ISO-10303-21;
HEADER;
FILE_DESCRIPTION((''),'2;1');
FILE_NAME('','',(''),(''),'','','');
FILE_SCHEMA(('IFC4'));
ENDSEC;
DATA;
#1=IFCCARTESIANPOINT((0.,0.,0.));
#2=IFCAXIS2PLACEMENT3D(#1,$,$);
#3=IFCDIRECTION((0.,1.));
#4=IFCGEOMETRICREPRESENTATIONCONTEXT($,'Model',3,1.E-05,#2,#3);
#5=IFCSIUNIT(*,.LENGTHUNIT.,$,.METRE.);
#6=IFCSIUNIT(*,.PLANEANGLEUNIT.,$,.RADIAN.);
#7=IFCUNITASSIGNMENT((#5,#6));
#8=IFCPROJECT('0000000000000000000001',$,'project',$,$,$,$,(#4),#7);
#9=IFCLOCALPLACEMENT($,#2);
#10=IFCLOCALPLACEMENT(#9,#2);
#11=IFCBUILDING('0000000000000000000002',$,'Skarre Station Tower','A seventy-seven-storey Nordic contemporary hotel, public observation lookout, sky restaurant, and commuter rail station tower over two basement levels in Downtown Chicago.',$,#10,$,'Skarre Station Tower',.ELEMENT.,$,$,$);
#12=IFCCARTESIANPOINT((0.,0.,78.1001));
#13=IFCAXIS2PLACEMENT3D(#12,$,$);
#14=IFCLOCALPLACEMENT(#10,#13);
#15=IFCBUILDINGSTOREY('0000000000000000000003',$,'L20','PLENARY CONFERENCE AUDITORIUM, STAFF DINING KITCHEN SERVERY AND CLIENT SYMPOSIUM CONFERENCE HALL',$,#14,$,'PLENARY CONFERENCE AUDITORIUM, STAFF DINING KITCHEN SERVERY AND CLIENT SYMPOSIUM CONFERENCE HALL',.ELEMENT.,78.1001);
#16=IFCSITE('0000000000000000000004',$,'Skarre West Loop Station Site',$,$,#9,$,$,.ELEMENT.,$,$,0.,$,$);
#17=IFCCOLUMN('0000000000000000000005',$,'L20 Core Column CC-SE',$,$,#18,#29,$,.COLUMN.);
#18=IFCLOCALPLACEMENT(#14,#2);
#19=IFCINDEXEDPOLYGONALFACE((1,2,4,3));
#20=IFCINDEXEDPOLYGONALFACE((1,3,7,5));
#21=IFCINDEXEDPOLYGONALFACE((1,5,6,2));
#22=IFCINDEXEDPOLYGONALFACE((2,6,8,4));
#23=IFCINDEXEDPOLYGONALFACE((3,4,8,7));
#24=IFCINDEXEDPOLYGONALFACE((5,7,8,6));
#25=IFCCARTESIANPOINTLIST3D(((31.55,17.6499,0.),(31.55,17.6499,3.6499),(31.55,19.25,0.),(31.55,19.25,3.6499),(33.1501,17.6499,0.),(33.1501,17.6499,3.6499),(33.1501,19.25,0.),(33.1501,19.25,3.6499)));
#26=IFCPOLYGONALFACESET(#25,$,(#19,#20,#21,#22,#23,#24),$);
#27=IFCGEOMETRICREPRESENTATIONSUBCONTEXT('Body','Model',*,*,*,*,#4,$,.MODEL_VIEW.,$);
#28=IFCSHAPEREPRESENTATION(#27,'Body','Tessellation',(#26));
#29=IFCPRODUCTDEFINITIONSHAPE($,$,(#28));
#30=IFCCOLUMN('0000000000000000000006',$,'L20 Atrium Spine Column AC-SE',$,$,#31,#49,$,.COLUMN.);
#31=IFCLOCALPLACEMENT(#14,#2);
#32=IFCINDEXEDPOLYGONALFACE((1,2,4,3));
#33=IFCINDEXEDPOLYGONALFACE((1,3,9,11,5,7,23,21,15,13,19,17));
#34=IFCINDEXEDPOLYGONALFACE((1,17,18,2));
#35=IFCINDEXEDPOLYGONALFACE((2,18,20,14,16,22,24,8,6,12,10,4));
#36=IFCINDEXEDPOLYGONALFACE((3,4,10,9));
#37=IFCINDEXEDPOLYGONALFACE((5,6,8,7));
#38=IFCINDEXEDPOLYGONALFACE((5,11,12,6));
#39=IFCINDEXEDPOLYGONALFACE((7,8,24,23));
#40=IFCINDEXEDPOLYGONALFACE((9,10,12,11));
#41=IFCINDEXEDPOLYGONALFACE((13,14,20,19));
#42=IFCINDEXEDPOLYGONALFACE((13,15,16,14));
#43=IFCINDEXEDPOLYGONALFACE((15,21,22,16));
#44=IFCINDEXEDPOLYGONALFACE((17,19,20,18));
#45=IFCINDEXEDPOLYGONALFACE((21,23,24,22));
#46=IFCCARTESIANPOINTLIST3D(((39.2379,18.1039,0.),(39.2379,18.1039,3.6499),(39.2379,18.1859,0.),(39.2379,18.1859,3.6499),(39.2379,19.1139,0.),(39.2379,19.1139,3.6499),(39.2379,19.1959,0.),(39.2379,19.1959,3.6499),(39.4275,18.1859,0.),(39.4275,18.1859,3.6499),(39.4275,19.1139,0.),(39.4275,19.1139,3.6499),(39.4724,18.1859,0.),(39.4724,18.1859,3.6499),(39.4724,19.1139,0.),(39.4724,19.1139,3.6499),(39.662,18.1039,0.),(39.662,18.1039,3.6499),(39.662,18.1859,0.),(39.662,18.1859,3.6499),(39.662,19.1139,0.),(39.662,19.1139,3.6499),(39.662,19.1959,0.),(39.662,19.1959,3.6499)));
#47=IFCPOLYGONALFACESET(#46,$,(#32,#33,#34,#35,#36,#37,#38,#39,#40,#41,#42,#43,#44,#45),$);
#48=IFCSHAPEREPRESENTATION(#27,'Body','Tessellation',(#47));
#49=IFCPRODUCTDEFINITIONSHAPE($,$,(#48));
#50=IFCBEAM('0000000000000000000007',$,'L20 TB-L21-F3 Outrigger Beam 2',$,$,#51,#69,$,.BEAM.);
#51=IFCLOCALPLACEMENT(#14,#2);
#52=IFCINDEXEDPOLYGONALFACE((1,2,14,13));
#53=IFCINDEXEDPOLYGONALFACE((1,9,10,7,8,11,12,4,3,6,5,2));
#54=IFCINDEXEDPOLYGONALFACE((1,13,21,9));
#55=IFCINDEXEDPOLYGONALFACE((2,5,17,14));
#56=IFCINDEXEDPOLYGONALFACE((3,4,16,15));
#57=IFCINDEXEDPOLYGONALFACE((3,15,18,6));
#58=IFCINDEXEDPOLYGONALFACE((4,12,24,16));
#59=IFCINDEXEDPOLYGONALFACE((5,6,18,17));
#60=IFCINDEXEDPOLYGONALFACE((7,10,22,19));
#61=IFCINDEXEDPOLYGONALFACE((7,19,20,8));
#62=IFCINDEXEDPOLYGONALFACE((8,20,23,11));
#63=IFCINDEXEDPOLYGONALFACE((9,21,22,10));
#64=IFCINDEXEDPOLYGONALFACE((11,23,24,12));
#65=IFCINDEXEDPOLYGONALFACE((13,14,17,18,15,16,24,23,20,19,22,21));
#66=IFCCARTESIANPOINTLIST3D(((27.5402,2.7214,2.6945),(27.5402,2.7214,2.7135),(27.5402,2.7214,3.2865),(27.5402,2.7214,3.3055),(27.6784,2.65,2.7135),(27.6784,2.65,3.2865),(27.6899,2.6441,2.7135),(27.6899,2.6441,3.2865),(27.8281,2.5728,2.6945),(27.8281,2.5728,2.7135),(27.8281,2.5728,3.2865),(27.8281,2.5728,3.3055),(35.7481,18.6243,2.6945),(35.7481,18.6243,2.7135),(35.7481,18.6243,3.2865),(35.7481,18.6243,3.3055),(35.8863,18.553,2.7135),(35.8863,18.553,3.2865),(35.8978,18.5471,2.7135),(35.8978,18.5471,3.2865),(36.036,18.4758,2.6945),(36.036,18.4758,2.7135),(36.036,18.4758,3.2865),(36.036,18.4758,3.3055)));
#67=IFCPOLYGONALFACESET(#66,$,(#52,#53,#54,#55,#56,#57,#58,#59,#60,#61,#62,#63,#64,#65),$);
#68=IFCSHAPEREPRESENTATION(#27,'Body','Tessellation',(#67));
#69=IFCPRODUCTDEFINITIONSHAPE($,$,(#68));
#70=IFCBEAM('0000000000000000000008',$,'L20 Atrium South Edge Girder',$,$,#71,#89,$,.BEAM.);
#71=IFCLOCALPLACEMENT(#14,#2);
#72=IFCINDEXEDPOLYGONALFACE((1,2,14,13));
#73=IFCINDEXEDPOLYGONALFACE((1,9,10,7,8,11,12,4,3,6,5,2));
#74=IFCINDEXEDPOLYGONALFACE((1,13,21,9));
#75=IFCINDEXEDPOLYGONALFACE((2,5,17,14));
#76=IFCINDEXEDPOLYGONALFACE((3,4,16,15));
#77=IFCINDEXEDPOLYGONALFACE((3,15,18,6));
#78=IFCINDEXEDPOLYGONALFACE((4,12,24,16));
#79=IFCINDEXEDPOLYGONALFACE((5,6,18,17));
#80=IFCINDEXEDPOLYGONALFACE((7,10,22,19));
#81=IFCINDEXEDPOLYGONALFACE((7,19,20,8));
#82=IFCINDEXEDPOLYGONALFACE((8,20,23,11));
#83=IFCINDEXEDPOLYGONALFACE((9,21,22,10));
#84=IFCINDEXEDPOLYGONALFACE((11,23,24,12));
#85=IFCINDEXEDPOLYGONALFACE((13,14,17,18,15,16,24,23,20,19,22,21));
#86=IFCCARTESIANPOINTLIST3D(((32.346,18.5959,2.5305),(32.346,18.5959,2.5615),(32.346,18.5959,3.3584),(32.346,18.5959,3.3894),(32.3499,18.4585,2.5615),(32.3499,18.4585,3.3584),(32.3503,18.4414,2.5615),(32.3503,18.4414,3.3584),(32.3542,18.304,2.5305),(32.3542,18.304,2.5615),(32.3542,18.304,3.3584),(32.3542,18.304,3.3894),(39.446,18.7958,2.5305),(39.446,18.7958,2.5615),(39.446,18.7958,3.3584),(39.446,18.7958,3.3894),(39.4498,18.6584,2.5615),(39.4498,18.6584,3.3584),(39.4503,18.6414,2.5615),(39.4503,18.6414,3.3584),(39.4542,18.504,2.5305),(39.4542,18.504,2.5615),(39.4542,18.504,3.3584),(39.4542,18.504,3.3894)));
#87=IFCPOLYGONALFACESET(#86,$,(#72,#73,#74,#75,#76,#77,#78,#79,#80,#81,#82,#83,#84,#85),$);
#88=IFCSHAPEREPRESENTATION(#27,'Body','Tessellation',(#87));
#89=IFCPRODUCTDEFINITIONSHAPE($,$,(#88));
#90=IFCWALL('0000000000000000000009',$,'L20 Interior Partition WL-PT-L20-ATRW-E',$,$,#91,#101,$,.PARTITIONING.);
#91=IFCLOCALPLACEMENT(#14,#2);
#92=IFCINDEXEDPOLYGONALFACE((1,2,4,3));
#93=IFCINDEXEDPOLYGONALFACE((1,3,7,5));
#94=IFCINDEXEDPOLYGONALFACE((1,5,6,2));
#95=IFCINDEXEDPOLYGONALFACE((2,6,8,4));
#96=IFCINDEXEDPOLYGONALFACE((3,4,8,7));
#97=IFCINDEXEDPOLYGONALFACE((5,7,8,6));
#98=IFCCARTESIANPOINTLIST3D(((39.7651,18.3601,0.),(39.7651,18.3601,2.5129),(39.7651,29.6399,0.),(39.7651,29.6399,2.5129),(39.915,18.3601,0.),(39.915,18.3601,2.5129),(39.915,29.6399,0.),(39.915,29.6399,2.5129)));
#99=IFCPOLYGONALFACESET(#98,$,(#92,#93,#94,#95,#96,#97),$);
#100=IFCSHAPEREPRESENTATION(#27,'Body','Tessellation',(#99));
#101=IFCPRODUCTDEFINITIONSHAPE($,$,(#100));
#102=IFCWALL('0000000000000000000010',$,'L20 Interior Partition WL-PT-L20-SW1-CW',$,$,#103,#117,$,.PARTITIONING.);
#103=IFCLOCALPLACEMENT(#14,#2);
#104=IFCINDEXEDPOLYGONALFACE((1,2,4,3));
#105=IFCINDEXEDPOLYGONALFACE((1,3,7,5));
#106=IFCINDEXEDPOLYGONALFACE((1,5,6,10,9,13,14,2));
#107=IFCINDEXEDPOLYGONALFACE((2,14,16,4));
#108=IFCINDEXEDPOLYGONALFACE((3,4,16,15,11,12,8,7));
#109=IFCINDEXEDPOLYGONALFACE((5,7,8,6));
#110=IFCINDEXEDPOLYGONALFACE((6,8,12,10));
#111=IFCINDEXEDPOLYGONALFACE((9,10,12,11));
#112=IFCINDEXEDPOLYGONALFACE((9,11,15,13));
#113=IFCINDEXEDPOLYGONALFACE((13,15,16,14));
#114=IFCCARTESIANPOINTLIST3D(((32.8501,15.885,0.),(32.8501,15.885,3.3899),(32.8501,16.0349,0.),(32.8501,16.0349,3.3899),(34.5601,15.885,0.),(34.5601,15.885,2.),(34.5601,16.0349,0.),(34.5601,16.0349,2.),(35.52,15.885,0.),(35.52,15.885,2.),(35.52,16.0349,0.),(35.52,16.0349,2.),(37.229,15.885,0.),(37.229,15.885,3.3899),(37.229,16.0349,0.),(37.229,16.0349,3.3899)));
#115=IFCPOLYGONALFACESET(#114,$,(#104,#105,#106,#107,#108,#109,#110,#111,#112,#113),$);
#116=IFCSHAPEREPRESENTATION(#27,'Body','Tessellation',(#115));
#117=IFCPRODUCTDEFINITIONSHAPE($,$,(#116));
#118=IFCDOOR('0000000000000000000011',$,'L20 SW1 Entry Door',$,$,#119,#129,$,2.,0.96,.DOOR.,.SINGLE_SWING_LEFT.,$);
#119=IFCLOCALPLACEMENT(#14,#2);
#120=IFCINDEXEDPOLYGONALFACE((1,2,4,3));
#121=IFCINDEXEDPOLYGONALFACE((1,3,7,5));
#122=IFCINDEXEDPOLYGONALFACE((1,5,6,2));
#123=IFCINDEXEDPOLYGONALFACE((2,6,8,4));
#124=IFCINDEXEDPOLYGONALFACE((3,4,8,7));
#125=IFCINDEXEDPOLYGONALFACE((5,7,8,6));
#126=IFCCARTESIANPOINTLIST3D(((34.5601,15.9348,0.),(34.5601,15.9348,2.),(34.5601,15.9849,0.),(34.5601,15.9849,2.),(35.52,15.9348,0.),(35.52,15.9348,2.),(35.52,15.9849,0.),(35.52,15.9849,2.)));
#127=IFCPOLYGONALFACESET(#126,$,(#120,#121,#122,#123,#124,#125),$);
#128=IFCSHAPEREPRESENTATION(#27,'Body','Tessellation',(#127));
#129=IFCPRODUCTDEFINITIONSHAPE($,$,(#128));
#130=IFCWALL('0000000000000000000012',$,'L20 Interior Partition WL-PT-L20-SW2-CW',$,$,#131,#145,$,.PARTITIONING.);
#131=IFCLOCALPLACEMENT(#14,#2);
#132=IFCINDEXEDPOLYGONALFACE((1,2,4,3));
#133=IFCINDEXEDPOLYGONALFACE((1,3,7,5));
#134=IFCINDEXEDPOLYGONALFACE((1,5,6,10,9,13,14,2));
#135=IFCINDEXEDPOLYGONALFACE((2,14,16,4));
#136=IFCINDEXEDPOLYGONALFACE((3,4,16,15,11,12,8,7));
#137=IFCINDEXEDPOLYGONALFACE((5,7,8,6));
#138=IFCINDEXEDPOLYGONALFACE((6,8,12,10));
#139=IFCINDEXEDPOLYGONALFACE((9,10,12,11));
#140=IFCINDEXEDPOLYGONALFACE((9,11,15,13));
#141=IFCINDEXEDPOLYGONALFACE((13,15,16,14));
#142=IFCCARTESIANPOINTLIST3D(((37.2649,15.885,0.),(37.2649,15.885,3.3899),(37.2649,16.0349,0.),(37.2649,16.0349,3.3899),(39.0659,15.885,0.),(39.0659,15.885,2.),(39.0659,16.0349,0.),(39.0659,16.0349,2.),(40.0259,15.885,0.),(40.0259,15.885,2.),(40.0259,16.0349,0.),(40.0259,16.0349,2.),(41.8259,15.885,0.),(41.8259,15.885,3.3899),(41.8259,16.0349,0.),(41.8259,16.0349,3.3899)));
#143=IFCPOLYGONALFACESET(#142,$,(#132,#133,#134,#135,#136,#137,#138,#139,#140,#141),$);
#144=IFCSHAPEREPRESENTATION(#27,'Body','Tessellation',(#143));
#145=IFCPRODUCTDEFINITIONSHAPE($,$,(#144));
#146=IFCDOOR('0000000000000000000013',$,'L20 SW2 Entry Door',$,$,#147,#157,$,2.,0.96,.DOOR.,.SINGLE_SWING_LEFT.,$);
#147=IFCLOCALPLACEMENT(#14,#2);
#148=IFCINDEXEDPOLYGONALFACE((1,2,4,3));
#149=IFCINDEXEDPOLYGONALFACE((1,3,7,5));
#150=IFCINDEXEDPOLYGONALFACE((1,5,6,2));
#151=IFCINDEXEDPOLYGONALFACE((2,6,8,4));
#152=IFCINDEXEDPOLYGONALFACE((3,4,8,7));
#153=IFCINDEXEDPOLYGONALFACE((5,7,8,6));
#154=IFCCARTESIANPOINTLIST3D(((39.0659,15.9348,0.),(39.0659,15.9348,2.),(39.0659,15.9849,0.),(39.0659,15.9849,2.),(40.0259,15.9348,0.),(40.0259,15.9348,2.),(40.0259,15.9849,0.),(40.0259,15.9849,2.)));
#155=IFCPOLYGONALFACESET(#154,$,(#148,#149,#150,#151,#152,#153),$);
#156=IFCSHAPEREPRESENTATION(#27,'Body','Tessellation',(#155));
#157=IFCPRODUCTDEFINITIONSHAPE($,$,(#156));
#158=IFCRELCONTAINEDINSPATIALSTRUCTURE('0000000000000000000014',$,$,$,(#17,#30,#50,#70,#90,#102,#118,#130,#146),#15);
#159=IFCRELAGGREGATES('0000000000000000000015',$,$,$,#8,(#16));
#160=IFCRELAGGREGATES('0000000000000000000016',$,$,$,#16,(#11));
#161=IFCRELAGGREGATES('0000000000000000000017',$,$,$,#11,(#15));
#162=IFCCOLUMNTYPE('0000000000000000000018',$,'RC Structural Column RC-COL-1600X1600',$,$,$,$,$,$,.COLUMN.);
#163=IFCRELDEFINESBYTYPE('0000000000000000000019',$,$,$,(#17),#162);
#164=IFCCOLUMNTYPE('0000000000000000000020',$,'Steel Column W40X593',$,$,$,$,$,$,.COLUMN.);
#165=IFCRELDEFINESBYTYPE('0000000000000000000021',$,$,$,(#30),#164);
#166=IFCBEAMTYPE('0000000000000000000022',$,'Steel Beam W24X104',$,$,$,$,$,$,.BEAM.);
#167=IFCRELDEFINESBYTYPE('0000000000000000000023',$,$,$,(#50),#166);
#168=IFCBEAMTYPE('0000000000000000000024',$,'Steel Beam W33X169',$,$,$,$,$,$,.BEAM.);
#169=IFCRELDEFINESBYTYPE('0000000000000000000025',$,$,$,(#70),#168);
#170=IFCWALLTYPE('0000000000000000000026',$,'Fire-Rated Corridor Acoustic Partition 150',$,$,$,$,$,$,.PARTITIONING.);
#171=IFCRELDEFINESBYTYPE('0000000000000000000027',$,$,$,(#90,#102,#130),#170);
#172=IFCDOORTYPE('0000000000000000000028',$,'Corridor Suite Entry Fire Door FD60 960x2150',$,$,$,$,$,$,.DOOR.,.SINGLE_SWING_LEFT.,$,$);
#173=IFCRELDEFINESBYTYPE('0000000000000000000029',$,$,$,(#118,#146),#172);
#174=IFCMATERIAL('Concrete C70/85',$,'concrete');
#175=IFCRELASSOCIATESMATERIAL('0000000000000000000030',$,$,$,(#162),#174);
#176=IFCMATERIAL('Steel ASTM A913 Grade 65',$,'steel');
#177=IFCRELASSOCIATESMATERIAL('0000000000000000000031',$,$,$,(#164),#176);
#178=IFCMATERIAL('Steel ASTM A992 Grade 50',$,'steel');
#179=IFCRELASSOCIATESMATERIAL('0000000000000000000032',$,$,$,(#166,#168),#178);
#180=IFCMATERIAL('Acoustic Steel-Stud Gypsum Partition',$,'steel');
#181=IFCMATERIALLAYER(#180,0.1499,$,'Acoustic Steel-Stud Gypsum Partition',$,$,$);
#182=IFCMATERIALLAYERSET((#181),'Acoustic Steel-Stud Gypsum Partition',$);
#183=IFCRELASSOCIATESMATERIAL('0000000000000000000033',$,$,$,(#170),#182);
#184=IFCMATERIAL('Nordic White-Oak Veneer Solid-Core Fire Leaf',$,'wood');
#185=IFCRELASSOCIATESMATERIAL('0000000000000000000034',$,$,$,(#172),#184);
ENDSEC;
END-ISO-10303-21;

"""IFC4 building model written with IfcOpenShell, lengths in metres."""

from ifc_helpers import new_model, si_unit, direction, frame, frame_2d, origin, origin_2d, place, context, subcontext, project, spatial, rectangle, i_section, extrude, material, layer, layer_set, material_profile, profile_set, type_object, element, fill, save


model = new_model("IFC4")

# Units and contexts
model_context = context("Model", 3, precision=1e-05, world=origin(), true_north=direction((0.0, 1.0)))
body_context = subcontext(model_context, "Body", "Model", "MODEL_VIEW")
ifc_project = project(units=[si_unit("LENGTHUNIT", "METRE"), si_unit("PLANEANGLEUNIT", "RADIAN")], contexts=[model_context])

# Site, building, storey
site_placement = place(None, origin())
site = spatial("IfcSite", under=ifc_project, at=site_placement, Name="Skarre West Loop Station Site", CompositionType="ELEMENT", RefElevation=0.0)
building_placement = place(site_placement, origin())
building = spatial("IfcBuilding", under=site, at=building_placement, Name="Skarre Station Tower", Description="A seventy-seven-storey Nordic contemporary hotel, public observation lookout, sky restaurant, and commuter rail station tower over two basement levels in Downtown Chicago.", LongName="Skarre Station Tower", CompositionType="ELEMENT")
storey_placement = place(building_placement, frame((0.0, 0.0, 78.1001)))
storey = spatial("IfcBuildingStorey", under=building, at=storey_placement, Name="L20", Description="PLENARY CONFERENCE AUDITORIUM, STAFF DINING KITCHEN SERVERY AND CLIENT SYMPOSIUM CONFERENCE HALL", LongName="PLENARY CONFERENCE AUDITORIUM, STAFF DINING KITCHEN SERVERY AND CLIENT SYMPOSIUM CONFERENCE HALL", CompositionType="ELEMENT", Elevation=78.1001)

# Columns
ifc_material_1 = material(Name="Concrete C70/85", Category="concrete")
ifc_material_profile_1 = material_profile(ifc_material_1, rectangle(XDim=1.6001, YDim=1.6001, at=origin_2d()), Name="Concrete C70/85")
ifc_profile_set_1 = profile_set([ifc_material_profile_1], Name="Concrete C70/85")
column_type_1 = type_object("IfcColumnType", Name="RC Structural Column RC-COL-1600X1600", PredefinedType="COLUMN", material=ifc_profile_set_1)
column_1_placement = place(storey_placement, frame((32.3501, 18.45, 0.0), z_axis=(0.0, 0.0, 1.0), x_axis=(1.0, 0.0, 0.0)))
element("IfcColumn", 1, at=column_1_placement, inside=storey, type_object=column_type_1, Name="L20 Core Column CC-SE", PredefinedType="COLUMN", context=body_context, shape_type="SweptSolid", body=[
    extrude(rectangle(XDim=1.6001, YDim=1.6001, at=origin_2d()), origin(), (0.0, 0.0, 1.0), 3.6499),
])
ifc_material_2 = material(Name="Steel ASTM A913 Grade 65", Category="steel")
ifc_material_profile_2 = material_profile(ifc_material_2, i_section(OverallWidth=0.4241, OverallDepth=1.092, WebThickness=0.0449, FlangeThickness=0.082, at=origin_2d()), Name="Steel ASTM A913 Grade 65")
ifc_profile_set_2 = profile_set([ifc_material_profile_2], Name="Steel ASTM A913 Grade 65")
column_type_2 = type_object("IfcColumnType", Name="Steel Column W40X593", PredefinedType="COLUMN", material=ifc_profile_set_2)
column_2_placement = place(storey_placement, frame((39.45, 18.6499, 0.0), z_axis=(0.0, 0.0, 1.0), x_axis=(1.0, 0.0, 0.0)))
element("IfcColumn", 2, at=column_2_placement, inside=storey, type_object=column_type_2, Name="L20 Atrium Spine Column AC-SE", PredefinedType="COLUMN", context=body_context, shape_type="SweptSolid", body=[
    extrude(i_section(OverallWidth=0.4241, OverallDepth=1.092, WebThickness=0.0449, FlangeThickness=0.082, at=origin_2d()), origin(), (0.0, 0.0, 1.0), 3.6499),
])

# Beams
ifc_material_3 = material(Name="Steel ASTM A992 Grade 50", Category="steel")
ifc_material_profile_3 = material_profile(ifc_material_3, i_section(OverallWidth=0.324, OverallDepth=0.6111, WebThickness=0.0129, FlangeThickness=0.019, at=origin_2d()), Name="Steel ASTM A992 Grade 50")
ifc_profile_set_3 = profile_set([ifc_material_profile_3], Name="Steel ASTM A992 Grade 50")
beam_type_1 = type_object("IfcBeamType", Name="Steel Beam W24X104", PredefinedType="BEAM", material=ifc_profile_set_3)
beam_1_placement = place(storey_placement, frame((35.8921, 18.55, 3.0), z_axis=(-0.458642, -0.888621, 0.0), x_axis=(0.888621, -0.458642, 0.0)))
element("IfcBeam", 3, at=beam_1_placement, inside=storey, type_object=beam_type_1, Name="L20 TB-L21-F3 Outrigger Beam 2", PredefinedType="BEAM", context=body_context, shape_type="SweptSolid", body=[
    extrude(i_section(OverallWidth=0.324, OverallDepth=0.6111, WebThickness=0.0129, FlangeThickness=0.019, at=origin_2d()), origin(), (0.0, 0.0, 1.0), 17.8962),
])
ifc_material_profile_4 = material_profile(ifc_material_3, i_section(OverallWidth=0.292, OverallDepth=0.8589, WebThickness=0.0171, FlangeThickness=0.031, at=origin_2d()), Name="Steel ASTM A992 Grade 50")
ifc_profile_set_4 = profile_set([ifc_material_profile_4], Name="Steel ASTM A992 Grade 50")
beam_type_2 = type_object("IfcBeamType", Name="Steel Beam W33X169", PredefinedType="BEAM", material=ifc_profile_set_4)
beam_2_placement = place(storey_placement, frame((32.3501, 18.45, 2.96), z_axis=(0.999604, 0.028152, 0.0), x_axis=(-0.028152, 0.999604, 0.0)))
element("IfcBeam", 4, at=beam_2_placement, inside=storey, type_object=beam_type_2, Name="L20 Atrium South Edge Girder", PredefinedType="BEAM", context=body_context, shape_type="SweptSolid", body=[
    extrude(i_section(OverallWidth=0.292, OverallDepth=0.8589, WebThickness=0.0171, FlangeThickness=0.031, at=origin_2d()), origin(), (0.0, 0.0, 1.0), 7.1028),
])

# Wall
ifc_material_4 = material(Name="Acoustic Steel-Stud Gypsum Partition", Category="steel")
ifc_layer_1 = layer(ifc_material_4, 0.1499, Name="Acoustic Steel-Stud Gypsum Partition")
ifc_layer_set_1 = layer_set([ifc_layer_1], Name="Acoustic Steel-Stud Gypsum Partition")
wall_type_1 = type_object("IfcWallType", Name="Fire-Rated Corridor Acoustic Partition 150", PredefinedType="PARTITIONING", material=ifc_layer_set_1)
wall_1_placement = place(storey_placement, frame((39.8401, 18.3601, 0.0), z_axis=(0.0, 0.0, 1.0), x_axis=(0.0, 1.0, 0.0)))
element("IfcWall", 5, at=wall_1_placement, inside=storey, type_object=wall_type_1, Name="L20 Interior Partition WL-PT-L20-ATRW-E", PredefinedType="PARTITIONING", context=body_context, shape_type="SweptSolid", body=[
    extrude(rectangle(XDim=11.2798, YDim=0.1499, at=frame_2d((5.6399, 0.0))), origin(), (0.0, 0.0, 1.0), 2.5129),
])

# Walls, openings, doors
wall_2_placement = place(storey_placement, frame((32.8501, 15.96, 0.0), z_axis=(0.0, 0.0, 1.0), x_axis=(1.0, 0.0, 0.0)))
wall_2 = element("IfcWall", 6, at=wall_2_placement, inside=storey, type_object=wall_type_1, Name="L20 Interior Partition WL-PT-L20-SW1-CW", PredefinedType="PARTITIONING", context=body_context, shape_type="SweptSolid", body=[
    extrude(rectangle(XDim=4.3789, YDim=0.1499, at=frame_2d((2.1895, 0.0))), origin(), (0.0, 0.0, 1.0), 3.3899),
])
opening_1_placement = place(wall_2_placement, frame((1.71, 0.0, 0.0)))
opening_1 = element("IfcOpeningElement", 7, at=opening_1_placement, cuts=wall_2, PredefinedType="OPENING", context=body_context, shape_type="SweptSolid", body=[
    extrude(rectangle(XDim=0.96, YDim=2.0, at=frame_2d((0.48, 1.0))), frame((0.0, 0.085, 0.0), z_axis=(0.0, -1.0, 0.0), x_axis=(1.0, 0.0, 0.0)), (0.0, 0.0, 1.0), 0.1699),
])
ifc_material_5 = material(Name="Nordic White-Oak Veneer Solid-Core Fire Leaf", Category="wood")
door_type_1 = type_object("IfcDoorType", Name="Corridor Suite Entry Fire Door FD60 960x2150", OperationType="SINGLE_SWING_LEFT", PredefinedType="DOOR", material=ifc_material_5)
door_1_placement = place(opening_1_placement, origin())
door_1 = element("IfcDoor", 8, at=door_1_placement, inside=storey, type_object=door_type_1, Name="L20 SW1 Entry Door", OperationType="SINGLE_SWING_LEFT", OverallHeight=2.0, OverallWidth=0.96, PredefinedType="DOOR", context=body_context, shape_type="SweptSolid", body=[
    extrude(rectangle(XDim=0.96, YDim=2.0, at=frame_2d((0.48, 1.0))), frame((0.0, 0.0249, 0.0), z_axis=(0.0, -1.0, 0.0), x_axis=(1.0, 0.0, 0.0)), (0.0, 0.0, 1.0), 0.05),
])
fill(opening_1, door_1)
wall_3_placement = place(storey_placement, frame((37.2649, 15.96, 0.0), z_axis=(0.0, 0.0, 1.0), x_axis=(1.0, 0.0, 0.0)))
wall_3 = element("IfcWall", 9, at=wall_3_placement, inside=storey, type_object=wall_type_1, Name="L20 Interior Partition WL-PT-L20-SW2-CW", PredefinedType="PARTITIONING", context=body_context, shape_type="SweptSolid", body=[
    extrude(rectangle(XDim=4.561, YDim=0.1499, at=frame_2d((2.2805, 0.0))), origin(), (0.0, 0.0, 1.0), 3.3899),
])
opening_2_placement = place(wall_3_placement, frame((1.801, 0.0, 0.0)))
opening_2 = element("IfcOpeningElement", 10, at=opening_2_placement, cuts=wall_3, PredefinedType="OPENING", context=body_context, shape_type="SweptSolid", body=[
    extrude(rectangle(XDim=0.96, YDim=2.0, at=frame_2d((0.48, 1.0))), frame((0.0, 0.085, 0.0), z_axis=(0.0, -1.0, 0.0), x_axis=(1.0, 0.0, 0.0)), (0.0, 0.0, 1.0), 0.1699),
])
door_2_placement = place(opening_2_placement, origin())
door_2 = element("IfcDoor", 11, at=door_2_placement, inside=storey, type_object=door_type_1, Name="L20 SW2 Entry Door", OperationType="SINGLE_SWING_LEFT", OverallHeight=2.0, OverallWidth=0.96, PredefinedType="DOOR", context=body_context, shape_type="SweptSolid", body=[
    extrude(rectangle(XDim=0.96, YDim=2.0, at=frame_2d((0.48, 1.0))), frame((0.0, 0.0249, 0.0), z_axis=(0.0, -1.0, 0.0), x_axis=(1.0, 0.0, 0.0)), (0.0, 0.0, 1.0), 0.05),
])
fill(opening_2, door_2)

save(model, "model.ifc")
